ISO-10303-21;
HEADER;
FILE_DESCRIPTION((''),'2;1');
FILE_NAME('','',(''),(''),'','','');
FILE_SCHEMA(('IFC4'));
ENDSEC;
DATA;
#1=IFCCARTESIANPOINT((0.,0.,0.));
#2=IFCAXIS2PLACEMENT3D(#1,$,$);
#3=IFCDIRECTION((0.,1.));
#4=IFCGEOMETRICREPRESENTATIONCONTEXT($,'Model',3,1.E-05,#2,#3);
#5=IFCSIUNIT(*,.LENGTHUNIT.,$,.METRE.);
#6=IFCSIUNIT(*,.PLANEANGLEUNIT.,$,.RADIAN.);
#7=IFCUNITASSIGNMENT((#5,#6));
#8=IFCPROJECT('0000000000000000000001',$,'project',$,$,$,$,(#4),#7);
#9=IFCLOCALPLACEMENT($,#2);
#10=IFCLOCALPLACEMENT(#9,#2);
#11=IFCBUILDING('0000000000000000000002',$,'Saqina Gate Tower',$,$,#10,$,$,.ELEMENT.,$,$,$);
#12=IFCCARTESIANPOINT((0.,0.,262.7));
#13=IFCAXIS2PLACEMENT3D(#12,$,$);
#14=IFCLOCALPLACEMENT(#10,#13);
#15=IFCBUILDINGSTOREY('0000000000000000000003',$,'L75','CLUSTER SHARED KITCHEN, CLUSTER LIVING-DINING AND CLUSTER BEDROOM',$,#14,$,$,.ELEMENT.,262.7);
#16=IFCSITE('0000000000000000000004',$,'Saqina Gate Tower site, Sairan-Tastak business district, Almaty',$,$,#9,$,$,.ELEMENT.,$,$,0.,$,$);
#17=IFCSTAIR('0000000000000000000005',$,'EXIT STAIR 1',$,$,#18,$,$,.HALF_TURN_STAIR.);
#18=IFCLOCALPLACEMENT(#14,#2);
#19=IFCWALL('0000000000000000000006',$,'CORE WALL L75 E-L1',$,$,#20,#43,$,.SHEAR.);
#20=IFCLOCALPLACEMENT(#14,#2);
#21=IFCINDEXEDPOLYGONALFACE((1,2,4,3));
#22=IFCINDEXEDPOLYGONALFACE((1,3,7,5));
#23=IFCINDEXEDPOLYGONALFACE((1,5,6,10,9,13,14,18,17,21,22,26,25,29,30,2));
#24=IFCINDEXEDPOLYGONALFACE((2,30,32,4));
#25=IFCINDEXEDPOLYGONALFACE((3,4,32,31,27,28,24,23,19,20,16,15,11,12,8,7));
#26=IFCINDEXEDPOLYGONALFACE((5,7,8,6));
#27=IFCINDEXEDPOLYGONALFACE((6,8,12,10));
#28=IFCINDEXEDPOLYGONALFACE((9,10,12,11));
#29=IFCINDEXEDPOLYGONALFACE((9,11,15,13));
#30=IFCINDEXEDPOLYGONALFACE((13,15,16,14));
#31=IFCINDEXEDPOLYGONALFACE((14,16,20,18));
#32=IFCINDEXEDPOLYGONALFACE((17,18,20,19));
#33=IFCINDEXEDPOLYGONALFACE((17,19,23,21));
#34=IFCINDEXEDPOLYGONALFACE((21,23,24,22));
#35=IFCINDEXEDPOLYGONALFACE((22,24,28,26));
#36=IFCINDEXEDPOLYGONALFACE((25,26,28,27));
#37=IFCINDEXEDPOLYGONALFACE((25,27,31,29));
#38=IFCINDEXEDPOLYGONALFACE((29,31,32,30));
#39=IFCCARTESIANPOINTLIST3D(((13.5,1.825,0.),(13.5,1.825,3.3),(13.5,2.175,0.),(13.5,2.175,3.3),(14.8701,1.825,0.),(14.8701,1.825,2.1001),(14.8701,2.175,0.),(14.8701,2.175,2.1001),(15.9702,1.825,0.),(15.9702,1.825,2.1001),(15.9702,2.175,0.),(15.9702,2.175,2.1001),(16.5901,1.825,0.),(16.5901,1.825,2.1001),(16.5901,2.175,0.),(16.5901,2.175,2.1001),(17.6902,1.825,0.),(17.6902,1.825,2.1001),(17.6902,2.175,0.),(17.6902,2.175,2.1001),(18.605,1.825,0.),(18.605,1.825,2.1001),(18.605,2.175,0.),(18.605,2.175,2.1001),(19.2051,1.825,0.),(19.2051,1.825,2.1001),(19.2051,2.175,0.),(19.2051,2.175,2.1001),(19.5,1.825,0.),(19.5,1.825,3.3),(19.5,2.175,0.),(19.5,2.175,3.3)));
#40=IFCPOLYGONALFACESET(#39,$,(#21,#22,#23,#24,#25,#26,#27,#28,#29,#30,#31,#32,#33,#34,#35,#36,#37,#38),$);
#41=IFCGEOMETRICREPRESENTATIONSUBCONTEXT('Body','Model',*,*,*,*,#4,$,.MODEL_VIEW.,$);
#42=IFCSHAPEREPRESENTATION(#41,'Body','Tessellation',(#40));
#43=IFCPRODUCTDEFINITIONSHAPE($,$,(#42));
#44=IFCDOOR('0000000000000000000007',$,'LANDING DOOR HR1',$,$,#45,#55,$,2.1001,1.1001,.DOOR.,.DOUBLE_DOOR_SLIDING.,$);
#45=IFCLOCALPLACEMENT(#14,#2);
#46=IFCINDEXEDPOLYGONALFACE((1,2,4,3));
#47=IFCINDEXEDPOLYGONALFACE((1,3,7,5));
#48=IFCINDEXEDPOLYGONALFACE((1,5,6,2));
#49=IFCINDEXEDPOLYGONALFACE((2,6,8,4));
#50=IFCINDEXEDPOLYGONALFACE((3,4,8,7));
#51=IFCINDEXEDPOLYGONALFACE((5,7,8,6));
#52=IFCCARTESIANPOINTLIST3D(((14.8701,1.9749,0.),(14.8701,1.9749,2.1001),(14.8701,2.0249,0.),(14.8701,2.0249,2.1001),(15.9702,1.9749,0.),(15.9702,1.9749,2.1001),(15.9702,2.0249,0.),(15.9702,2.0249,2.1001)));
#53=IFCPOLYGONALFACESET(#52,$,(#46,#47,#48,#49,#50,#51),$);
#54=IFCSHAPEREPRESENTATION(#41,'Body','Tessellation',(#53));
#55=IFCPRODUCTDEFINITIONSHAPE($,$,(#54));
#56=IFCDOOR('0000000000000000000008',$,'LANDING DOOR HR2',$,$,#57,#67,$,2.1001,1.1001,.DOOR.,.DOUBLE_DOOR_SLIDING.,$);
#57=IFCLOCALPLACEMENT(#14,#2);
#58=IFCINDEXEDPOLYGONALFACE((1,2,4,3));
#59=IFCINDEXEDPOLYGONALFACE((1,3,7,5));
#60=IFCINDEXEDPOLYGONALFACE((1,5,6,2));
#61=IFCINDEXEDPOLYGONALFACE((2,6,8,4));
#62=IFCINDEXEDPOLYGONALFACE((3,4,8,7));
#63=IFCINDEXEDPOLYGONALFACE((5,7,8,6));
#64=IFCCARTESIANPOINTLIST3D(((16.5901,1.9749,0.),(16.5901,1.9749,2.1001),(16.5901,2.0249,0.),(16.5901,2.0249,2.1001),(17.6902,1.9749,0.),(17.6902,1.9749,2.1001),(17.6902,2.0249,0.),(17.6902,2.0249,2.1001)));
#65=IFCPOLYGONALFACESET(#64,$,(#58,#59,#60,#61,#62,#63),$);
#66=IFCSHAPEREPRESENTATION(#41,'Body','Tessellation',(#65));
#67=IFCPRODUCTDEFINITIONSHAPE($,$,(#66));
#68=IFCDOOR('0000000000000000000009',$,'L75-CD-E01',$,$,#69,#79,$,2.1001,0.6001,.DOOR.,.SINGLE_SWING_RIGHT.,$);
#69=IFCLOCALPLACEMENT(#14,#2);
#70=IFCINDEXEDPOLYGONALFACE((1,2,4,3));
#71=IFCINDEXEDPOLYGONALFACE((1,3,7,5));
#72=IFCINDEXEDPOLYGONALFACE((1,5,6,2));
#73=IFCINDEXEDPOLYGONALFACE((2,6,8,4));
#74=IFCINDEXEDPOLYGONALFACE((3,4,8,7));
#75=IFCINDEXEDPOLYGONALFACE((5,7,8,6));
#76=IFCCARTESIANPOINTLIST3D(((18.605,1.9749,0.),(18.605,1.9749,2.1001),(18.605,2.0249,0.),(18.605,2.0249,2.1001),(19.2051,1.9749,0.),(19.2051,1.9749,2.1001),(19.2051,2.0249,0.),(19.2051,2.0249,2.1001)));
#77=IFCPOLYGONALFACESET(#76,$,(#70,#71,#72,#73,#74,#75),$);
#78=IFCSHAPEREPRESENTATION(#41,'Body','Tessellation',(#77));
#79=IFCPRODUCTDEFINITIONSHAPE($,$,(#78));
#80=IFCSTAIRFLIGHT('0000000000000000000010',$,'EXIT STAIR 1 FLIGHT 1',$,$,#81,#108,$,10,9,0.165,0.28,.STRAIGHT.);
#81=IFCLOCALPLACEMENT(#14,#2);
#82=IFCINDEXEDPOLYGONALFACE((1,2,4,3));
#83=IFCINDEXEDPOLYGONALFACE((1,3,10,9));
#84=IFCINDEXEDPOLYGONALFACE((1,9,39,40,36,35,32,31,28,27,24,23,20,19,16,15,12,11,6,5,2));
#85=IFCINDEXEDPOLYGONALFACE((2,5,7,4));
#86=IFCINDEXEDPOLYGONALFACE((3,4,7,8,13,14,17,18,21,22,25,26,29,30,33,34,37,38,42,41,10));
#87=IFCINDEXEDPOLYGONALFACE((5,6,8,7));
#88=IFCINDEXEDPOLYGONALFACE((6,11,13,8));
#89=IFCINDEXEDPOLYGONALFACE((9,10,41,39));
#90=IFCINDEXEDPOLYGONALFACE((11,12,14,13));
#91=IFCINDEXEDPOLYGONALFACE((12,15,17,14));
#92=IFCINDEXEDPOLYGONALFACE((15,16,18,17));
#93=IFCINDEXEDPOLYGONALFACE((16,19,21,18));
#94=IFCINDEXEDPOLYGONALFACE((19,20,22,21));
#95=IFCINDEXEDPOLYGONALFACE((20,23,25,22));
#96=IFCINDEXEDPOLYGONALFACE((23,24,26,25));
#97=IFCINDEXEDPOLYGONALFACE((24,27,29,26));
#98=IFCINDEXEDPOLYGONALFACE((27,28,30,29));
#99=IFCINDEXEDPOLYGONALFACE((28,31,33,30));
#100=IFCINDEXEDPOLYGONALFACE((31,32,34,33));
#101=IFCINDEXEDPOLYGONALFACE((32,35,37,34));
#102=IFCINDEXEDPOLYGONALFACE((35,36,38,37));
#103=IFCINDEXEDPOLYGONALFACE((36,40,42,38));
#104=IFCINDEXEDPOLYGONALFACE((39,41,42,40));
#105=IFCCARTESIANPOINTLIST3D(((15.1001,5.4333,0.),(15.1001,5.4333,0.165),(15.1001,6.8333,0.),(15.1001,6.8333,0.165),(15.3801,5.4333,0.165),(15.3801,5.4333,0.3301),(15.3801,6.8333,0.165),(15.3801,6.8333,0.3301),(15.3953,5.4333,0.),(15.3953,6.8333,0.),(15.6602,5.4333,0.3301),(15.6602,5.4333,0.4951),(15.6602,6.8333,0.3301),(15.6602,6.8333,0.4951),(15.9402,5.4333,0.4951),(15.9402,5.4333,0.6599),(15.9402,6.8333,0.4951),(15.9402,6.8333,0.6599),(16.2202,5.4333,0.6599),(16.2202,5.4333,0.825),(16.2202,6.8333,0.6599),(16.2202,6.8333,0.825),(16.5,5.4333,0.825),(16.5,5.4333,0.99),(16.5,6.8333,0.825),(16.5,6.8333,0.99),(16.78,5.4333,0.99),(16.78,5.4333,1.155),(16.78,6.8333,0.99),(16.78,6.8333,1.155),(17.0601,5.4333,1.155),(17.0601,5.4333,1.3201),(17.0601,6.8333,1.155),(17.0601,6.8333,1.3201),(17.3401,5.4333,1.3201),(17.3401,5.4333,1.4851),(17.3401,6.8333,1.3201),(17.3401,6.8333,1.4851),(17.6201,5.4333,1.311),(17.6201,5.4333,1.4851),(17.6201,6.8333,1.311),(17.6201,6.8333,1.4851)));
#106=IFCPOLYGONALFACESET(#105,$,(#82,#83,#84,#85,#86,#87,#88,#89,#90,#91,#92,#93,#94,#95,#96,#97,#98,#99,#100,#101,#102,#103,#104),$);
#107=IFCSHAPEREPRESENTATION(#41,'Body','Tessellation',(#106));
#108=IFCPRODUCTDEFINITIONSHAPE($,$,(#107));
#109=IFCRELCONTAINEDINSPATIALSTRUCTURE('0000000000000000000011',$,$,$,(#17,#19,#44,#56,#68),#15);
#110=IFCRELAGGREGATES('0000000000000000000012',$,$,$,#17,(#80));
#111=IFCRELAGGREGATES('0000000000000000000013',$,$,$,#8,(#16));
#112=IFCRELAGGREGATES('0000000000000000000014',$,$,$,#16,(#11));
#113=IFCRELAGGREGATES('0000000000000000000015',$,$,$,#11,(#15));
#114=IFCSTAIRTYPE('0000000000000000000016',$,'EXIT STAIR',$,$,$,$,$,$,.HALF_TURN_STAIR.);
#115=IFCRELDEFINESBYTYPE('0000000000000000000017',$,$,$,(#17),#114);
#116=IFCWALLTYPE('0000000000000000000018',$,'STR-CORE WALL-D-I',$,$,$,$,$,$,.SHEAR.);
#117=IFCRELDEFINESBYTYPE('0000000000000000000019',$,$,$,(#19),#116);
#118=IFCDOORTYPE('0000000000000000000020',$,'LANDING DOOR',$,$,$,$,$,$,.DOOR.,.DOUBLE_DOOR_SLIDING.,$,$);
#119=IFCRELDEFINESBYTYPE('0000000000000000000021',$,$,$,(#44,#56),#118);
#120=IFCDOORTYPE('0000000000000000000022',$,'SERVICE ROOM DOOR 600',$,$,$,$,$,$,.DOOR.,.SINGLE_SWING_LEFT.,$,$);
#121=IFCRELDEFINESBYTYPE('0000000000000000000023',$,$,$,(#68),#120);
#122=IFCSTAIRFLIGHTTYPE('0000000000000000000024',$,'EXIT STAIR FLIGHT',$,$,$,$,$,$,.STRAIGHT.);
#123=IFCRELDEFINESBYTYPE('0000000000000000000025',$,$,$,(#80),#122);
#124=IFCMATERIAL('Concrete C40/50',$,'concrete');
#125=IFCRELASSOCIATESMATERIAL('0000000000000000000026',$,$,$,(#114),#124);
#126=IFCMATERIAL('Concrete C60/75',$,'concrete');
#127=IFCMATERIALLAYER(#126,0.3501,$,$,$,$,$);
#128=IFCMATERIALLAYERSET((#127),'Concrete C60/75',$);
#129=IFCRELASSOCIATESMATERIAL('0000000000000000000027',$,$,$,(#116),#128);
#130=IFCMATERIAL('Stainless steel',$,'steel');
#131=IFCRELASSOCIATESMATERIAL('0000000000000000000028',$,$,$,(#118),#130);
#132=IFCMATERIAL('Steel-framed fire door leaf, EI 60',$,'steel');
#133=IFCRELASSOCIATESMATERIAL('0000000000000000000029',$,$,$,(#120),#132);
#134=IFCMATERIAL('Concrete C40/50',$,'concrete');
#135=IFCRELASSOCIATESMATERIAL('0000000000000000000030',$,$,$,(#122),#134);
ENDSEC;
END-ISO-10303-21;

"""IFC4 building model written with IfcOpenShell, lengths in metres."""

from ifc_helpers import new_model, si_unit, direction, frame, frame_2d, origin, place, context, subcontext, project, spatial, polyline, rectangle, outline, extrude, material, layer, layer_set, type_object, element, fill, aggregate, save


model = new_model("IFC4")

# Units and contexts
model_context = context("Model", 3, precision=1e-05, world=origin(), true_north=direction((0.0, 1.0)))
body_context = subcontext(model_context, "Body", "Model", "MODEL_VIEW")
ifc_project = project(units=[si_unit("LENGTHUNIT", "METRE"), si_unit("PLANEANGLEUNIT", "RADIAN")], contexts=[model_context])

# Site, building, storey
site_placement = place(None, origin())
site = spatial("IfcSite", under=ifc_project, at=site_placement, Name="Saqina Gate Tower site, Sairan-Tastak business district, Almaty", CompositionType="ELEMENT", RefElevation=0.0)
building_placement = place(site_placement, origin())
building = spatial("IfcBuilding", under=site, at=building_placement, Name="Saqina Gate Tower", CompositionType="ELEMENT")
storey_placement = place(building_placement, frame((0.0, 0.0, 262.7)))
storey = spatial("IfcBuildingStorey", under=building, at=storey_placement, Name="L75", Description="CLUSTER SHARED KITCHEN, CLUSTER LIVING-DINING AND CLUSTER BEDROOM", CompositionType="ELEMENT", Elevation=262.7)

# Stair
ifc_material_1 = material(Name="Concrete C40/50", Category="concrete")
stair_type = type_object("IfcStairType", Name="EXIT STAIR", PredefinedType="HALF_TURN_STAIR", material=ifc_material_1)
stair_1_placement = place(storey_placement, origin())
stair_1 = element("IfcStair", 1, at=stair_1_placement, inside=storey, type_object=stair_type, Name="EXIT STAIR 1", PredefinedType="HALF_TURN_STAIR")

# Shared definitions
ifc_material_2 = material(Name="Concrete C60/75", Category="concrete")
ifc_layer_1 = layer(ifc_material_2, 0.3501)
ifc_layer_set_1 = layer_set([ifc_layer_1], Name="Concrete C60/75")
wall_type_1 = type_object("IfcWallType", Name="STR-CORE WALL-D-I", PredefinedType="SHEAR", material=ifc_layer_set_1)

# Wall, openings, doors
wall_1_placement = place(storey_placement, frame((13.5, 2.0, 0.0), z_axis=(0.0, 0.0, 1.0), x_axis=(1.0, 0.0, 0.0)))
wall_1 = element("IfcWall", 2, at=wall_1_placement, inside=storey, type_object=wall_type_1, Name="CORE WALL L75 E-L1", PredefinedType="SHEAR", context=body_context, shape_type="SweptSolid", body=[
    extrude(rectangle(XDim=6.0, YDim=0.3501, at=frame_2d((3.0, 0.0))), origin(), (0.0, 0.0, 1.0), 3.3),
])
opening_1_placement = place(wall_1_placement, frame((1.3701, 0.0, 0.0)))
opening_1 = element("IfcOpeningElement", 3, at=opening_1_placement, cuts=wall_1, PredefinedType="OPENING", context=body_context, shape_type="SweptSolid", body=[
    extrude(rectangle(XDim=1.1001, YDim=2.1001, at=frame_2d((0.55, 1.05))), frame((0.0, 0.187, 0.0), z_axis=(0.0, -1.0, 0.0), x_axis=(1.0, 0.0, 0.0)), (0.0, 0.0, 1.0), 0.374),
])
opening_2_placement = place(wall_1_placement, frame((3.0901, 0.0, 0.0)))
opening_2 = element("IfcOpeningElement", 4, at=opening_2_placement, cuts=wall_1, PredefinedType="OPENING", context=body_context, shape_type="SweptSolid", body=[
    extrude(rectangle(XDim=1.1001, YDim=2.1001, at=frame_2d((0.55, 1.05))), frame((0.0, 0.187, 0.0), z_axis=(0.0, -1.0, 0.0), x_axis=(1.0, 0.0, 0.0)), (0.0, 0.0, 1.0), 0.374),
])
opening_3_placement = place(wall_1_placement, frame((5.105, 0.0, 0.0)))
opening_3 = element("IfcOpeningElement", 5, at=opening_3_placement, cuts=wall_1, PredefinedType="OPENING", context=body_context, shape_type="SweptSolid", body=[
    extrude(rectangle(XDim=0.6001, YDim=2.1001, at=frame_2d((0.3, 1.05))), frame((0.0, 0.187, 0.0), z_axis=(0.0, -1.0, 0.0), x_axis=(1.0, 0.0, 0.0)), (0.0, 0.0, 1.0), 0.374),
])
ifc_material_3 = material(Name="Stainless steel", Category="steel")
door_type_1 = type_object("IfcDoorType", Name="LANDING DOOR", OperationType="DOUBLE_DOOR_SLIDING", PredefinedType="DOOR", material=ifc_material_3)
door_1_placement = place(opening_1_placement, origin())
door_1 = element("IfcDoor", 6, at=door_1_placement, inside=storey, type_object=door_type_1, Name="LANDING DOOR HR1", OperationType="DOUBLE_DOOR_SLIDING", OverallHeight=2.1001, OverallWidth=1.1001, PredefinedType="DOOR", context=body_context, shape_type="SweptSolid", body=[
    extrude(rectangle(XDim=1.1001, YDim=2.1001, at=frame_2d((0.55, 1.05))), frame((0.0, 0.0249, 0.0), z_axis=(0.0, -1.0, 0.0), x_axis=(1.0, 0.0, 0.0)), (0.0, 0.0, 1.0), 0.05),
])
fill(opening_1, door_1)
door_2_placement = place(opening_2_placement, origin())
door_2 = element("IfcDoor", 7, at=door_2_placement, inside=storey, type_object=door_type_1, Name="LANDING DOOR HR2", OperationType="DOUBLE_DOOR_SLIDING", OverallHeight=2.1001, OverallWidth=1.1001, PredefinedType="DOOR", context=body_context, shape_type="SweptSolid", body=[
    extrude(rectangle(XDim=1.1001, YDim=2.1001, at=frame_2d((0.55, 1.05))), frame((0.0, 0.0249, 0.0), z_axis=(0.0, -1.0, 0.0), x_axis=(1.0, 0.0, 0.0)), (0.0, 0.0, 1.0), 0.05),
])
fill(opening_2, door_2)
ifc_material_4 = material(Name="Steel-framed fire door leaf, EI 60", Category="steel")
door_type_2 = type_object("IfcDoorType", Name="SERVICE ROOM DOOR 600", OperationType="SINGLE_SWING_LEFT", PredefinedType="DOOR", material=ifc_material_4)
door_3_placement = place(opening_3_placement, origin())
door_3 = element("IfcDoor", 8, at=door_3_placement, inside=storey, type_object=door_type_2, Name="L75-CD-E01", OperationType="SINGLE_SWING_RIGHT", OverallHeight=2.1001, OverallWidth=0.6001, PredefinedType="DOOR", context=body_context, shape_type="SweptSolid", body=[
    extrude(rectangle(XDim=0.6001, YDim=2.1001, at=frame_2d((0.3, 1.05))), frame((0.0, 0.0249, 0.0), z_axis=(0.0, -1.0, 0.0), x_axis=(1.0, 0.0, 0.0)), (0.0, 0.0, 1.0), 0.05),
])
fill(opening_3, door_3)

# Stair flight
ifc_material_5 = material(Name="Concrete C40/50", Category="concrete")
stair_flight_type = type_object("IfcStairFlightType", Name="EXIT STAIR FLIGHT", PredefinedType="STRAIGHT", material=ifc_material_5)
stair_flight_placement = place(storey_placement, frame((15.1001, 6.1333, 0.0), z_axis=(0.0, 0.0, 1.0), x_axis=(1.0, 0.0, 0.0)))
stair_flight = element("IfcStairFlight", 9, at=stair_flight_placement, type_object=stair_flight_type, Name="EXIT STAIR 1 FLIGHT 1", NumberOfRisers=10, NumberOfTreads=9, PredefinedType="STRAIGHT", RiserHeight=0.165, TreadLength=0.28, context=body_context, shape_type="SweptSolid", body=[
    extrude(outline(polyline([(0.0, 0.0), (0.0, 0.165), (0.28, 0.165), (0.28, 0.3301), (0.5601, 0.3301), (0.5601, 0.4951), (0.8401, 0.4951), (0.8401, 0.6599), (1.1201, 0.6599), (1.1201, 0.825), (1.3999, 0.825), (1.3999, 0.99), (1.6799, 0.99), (1.6799, 1.155), (1.96, 1.155), (1.96, 1.3201), (2.24, 1.3201), (2.24, 1.4851), (2.52, 1.4851), (2.52, 1.6499), (2.52, 1.311), (0.2952, 0.0), (0.0, 0.0)])), frame((0.0, 0.7, 0.0), z_axis=(0.0, -1.0, 0.0), x_axis=(1.0, 0.0, 0.0)), (0.0, 0.0, 1.0), 1.3999),
])
aggregate(stair_1, [stair_flight])

save(model, "model.ifc")
